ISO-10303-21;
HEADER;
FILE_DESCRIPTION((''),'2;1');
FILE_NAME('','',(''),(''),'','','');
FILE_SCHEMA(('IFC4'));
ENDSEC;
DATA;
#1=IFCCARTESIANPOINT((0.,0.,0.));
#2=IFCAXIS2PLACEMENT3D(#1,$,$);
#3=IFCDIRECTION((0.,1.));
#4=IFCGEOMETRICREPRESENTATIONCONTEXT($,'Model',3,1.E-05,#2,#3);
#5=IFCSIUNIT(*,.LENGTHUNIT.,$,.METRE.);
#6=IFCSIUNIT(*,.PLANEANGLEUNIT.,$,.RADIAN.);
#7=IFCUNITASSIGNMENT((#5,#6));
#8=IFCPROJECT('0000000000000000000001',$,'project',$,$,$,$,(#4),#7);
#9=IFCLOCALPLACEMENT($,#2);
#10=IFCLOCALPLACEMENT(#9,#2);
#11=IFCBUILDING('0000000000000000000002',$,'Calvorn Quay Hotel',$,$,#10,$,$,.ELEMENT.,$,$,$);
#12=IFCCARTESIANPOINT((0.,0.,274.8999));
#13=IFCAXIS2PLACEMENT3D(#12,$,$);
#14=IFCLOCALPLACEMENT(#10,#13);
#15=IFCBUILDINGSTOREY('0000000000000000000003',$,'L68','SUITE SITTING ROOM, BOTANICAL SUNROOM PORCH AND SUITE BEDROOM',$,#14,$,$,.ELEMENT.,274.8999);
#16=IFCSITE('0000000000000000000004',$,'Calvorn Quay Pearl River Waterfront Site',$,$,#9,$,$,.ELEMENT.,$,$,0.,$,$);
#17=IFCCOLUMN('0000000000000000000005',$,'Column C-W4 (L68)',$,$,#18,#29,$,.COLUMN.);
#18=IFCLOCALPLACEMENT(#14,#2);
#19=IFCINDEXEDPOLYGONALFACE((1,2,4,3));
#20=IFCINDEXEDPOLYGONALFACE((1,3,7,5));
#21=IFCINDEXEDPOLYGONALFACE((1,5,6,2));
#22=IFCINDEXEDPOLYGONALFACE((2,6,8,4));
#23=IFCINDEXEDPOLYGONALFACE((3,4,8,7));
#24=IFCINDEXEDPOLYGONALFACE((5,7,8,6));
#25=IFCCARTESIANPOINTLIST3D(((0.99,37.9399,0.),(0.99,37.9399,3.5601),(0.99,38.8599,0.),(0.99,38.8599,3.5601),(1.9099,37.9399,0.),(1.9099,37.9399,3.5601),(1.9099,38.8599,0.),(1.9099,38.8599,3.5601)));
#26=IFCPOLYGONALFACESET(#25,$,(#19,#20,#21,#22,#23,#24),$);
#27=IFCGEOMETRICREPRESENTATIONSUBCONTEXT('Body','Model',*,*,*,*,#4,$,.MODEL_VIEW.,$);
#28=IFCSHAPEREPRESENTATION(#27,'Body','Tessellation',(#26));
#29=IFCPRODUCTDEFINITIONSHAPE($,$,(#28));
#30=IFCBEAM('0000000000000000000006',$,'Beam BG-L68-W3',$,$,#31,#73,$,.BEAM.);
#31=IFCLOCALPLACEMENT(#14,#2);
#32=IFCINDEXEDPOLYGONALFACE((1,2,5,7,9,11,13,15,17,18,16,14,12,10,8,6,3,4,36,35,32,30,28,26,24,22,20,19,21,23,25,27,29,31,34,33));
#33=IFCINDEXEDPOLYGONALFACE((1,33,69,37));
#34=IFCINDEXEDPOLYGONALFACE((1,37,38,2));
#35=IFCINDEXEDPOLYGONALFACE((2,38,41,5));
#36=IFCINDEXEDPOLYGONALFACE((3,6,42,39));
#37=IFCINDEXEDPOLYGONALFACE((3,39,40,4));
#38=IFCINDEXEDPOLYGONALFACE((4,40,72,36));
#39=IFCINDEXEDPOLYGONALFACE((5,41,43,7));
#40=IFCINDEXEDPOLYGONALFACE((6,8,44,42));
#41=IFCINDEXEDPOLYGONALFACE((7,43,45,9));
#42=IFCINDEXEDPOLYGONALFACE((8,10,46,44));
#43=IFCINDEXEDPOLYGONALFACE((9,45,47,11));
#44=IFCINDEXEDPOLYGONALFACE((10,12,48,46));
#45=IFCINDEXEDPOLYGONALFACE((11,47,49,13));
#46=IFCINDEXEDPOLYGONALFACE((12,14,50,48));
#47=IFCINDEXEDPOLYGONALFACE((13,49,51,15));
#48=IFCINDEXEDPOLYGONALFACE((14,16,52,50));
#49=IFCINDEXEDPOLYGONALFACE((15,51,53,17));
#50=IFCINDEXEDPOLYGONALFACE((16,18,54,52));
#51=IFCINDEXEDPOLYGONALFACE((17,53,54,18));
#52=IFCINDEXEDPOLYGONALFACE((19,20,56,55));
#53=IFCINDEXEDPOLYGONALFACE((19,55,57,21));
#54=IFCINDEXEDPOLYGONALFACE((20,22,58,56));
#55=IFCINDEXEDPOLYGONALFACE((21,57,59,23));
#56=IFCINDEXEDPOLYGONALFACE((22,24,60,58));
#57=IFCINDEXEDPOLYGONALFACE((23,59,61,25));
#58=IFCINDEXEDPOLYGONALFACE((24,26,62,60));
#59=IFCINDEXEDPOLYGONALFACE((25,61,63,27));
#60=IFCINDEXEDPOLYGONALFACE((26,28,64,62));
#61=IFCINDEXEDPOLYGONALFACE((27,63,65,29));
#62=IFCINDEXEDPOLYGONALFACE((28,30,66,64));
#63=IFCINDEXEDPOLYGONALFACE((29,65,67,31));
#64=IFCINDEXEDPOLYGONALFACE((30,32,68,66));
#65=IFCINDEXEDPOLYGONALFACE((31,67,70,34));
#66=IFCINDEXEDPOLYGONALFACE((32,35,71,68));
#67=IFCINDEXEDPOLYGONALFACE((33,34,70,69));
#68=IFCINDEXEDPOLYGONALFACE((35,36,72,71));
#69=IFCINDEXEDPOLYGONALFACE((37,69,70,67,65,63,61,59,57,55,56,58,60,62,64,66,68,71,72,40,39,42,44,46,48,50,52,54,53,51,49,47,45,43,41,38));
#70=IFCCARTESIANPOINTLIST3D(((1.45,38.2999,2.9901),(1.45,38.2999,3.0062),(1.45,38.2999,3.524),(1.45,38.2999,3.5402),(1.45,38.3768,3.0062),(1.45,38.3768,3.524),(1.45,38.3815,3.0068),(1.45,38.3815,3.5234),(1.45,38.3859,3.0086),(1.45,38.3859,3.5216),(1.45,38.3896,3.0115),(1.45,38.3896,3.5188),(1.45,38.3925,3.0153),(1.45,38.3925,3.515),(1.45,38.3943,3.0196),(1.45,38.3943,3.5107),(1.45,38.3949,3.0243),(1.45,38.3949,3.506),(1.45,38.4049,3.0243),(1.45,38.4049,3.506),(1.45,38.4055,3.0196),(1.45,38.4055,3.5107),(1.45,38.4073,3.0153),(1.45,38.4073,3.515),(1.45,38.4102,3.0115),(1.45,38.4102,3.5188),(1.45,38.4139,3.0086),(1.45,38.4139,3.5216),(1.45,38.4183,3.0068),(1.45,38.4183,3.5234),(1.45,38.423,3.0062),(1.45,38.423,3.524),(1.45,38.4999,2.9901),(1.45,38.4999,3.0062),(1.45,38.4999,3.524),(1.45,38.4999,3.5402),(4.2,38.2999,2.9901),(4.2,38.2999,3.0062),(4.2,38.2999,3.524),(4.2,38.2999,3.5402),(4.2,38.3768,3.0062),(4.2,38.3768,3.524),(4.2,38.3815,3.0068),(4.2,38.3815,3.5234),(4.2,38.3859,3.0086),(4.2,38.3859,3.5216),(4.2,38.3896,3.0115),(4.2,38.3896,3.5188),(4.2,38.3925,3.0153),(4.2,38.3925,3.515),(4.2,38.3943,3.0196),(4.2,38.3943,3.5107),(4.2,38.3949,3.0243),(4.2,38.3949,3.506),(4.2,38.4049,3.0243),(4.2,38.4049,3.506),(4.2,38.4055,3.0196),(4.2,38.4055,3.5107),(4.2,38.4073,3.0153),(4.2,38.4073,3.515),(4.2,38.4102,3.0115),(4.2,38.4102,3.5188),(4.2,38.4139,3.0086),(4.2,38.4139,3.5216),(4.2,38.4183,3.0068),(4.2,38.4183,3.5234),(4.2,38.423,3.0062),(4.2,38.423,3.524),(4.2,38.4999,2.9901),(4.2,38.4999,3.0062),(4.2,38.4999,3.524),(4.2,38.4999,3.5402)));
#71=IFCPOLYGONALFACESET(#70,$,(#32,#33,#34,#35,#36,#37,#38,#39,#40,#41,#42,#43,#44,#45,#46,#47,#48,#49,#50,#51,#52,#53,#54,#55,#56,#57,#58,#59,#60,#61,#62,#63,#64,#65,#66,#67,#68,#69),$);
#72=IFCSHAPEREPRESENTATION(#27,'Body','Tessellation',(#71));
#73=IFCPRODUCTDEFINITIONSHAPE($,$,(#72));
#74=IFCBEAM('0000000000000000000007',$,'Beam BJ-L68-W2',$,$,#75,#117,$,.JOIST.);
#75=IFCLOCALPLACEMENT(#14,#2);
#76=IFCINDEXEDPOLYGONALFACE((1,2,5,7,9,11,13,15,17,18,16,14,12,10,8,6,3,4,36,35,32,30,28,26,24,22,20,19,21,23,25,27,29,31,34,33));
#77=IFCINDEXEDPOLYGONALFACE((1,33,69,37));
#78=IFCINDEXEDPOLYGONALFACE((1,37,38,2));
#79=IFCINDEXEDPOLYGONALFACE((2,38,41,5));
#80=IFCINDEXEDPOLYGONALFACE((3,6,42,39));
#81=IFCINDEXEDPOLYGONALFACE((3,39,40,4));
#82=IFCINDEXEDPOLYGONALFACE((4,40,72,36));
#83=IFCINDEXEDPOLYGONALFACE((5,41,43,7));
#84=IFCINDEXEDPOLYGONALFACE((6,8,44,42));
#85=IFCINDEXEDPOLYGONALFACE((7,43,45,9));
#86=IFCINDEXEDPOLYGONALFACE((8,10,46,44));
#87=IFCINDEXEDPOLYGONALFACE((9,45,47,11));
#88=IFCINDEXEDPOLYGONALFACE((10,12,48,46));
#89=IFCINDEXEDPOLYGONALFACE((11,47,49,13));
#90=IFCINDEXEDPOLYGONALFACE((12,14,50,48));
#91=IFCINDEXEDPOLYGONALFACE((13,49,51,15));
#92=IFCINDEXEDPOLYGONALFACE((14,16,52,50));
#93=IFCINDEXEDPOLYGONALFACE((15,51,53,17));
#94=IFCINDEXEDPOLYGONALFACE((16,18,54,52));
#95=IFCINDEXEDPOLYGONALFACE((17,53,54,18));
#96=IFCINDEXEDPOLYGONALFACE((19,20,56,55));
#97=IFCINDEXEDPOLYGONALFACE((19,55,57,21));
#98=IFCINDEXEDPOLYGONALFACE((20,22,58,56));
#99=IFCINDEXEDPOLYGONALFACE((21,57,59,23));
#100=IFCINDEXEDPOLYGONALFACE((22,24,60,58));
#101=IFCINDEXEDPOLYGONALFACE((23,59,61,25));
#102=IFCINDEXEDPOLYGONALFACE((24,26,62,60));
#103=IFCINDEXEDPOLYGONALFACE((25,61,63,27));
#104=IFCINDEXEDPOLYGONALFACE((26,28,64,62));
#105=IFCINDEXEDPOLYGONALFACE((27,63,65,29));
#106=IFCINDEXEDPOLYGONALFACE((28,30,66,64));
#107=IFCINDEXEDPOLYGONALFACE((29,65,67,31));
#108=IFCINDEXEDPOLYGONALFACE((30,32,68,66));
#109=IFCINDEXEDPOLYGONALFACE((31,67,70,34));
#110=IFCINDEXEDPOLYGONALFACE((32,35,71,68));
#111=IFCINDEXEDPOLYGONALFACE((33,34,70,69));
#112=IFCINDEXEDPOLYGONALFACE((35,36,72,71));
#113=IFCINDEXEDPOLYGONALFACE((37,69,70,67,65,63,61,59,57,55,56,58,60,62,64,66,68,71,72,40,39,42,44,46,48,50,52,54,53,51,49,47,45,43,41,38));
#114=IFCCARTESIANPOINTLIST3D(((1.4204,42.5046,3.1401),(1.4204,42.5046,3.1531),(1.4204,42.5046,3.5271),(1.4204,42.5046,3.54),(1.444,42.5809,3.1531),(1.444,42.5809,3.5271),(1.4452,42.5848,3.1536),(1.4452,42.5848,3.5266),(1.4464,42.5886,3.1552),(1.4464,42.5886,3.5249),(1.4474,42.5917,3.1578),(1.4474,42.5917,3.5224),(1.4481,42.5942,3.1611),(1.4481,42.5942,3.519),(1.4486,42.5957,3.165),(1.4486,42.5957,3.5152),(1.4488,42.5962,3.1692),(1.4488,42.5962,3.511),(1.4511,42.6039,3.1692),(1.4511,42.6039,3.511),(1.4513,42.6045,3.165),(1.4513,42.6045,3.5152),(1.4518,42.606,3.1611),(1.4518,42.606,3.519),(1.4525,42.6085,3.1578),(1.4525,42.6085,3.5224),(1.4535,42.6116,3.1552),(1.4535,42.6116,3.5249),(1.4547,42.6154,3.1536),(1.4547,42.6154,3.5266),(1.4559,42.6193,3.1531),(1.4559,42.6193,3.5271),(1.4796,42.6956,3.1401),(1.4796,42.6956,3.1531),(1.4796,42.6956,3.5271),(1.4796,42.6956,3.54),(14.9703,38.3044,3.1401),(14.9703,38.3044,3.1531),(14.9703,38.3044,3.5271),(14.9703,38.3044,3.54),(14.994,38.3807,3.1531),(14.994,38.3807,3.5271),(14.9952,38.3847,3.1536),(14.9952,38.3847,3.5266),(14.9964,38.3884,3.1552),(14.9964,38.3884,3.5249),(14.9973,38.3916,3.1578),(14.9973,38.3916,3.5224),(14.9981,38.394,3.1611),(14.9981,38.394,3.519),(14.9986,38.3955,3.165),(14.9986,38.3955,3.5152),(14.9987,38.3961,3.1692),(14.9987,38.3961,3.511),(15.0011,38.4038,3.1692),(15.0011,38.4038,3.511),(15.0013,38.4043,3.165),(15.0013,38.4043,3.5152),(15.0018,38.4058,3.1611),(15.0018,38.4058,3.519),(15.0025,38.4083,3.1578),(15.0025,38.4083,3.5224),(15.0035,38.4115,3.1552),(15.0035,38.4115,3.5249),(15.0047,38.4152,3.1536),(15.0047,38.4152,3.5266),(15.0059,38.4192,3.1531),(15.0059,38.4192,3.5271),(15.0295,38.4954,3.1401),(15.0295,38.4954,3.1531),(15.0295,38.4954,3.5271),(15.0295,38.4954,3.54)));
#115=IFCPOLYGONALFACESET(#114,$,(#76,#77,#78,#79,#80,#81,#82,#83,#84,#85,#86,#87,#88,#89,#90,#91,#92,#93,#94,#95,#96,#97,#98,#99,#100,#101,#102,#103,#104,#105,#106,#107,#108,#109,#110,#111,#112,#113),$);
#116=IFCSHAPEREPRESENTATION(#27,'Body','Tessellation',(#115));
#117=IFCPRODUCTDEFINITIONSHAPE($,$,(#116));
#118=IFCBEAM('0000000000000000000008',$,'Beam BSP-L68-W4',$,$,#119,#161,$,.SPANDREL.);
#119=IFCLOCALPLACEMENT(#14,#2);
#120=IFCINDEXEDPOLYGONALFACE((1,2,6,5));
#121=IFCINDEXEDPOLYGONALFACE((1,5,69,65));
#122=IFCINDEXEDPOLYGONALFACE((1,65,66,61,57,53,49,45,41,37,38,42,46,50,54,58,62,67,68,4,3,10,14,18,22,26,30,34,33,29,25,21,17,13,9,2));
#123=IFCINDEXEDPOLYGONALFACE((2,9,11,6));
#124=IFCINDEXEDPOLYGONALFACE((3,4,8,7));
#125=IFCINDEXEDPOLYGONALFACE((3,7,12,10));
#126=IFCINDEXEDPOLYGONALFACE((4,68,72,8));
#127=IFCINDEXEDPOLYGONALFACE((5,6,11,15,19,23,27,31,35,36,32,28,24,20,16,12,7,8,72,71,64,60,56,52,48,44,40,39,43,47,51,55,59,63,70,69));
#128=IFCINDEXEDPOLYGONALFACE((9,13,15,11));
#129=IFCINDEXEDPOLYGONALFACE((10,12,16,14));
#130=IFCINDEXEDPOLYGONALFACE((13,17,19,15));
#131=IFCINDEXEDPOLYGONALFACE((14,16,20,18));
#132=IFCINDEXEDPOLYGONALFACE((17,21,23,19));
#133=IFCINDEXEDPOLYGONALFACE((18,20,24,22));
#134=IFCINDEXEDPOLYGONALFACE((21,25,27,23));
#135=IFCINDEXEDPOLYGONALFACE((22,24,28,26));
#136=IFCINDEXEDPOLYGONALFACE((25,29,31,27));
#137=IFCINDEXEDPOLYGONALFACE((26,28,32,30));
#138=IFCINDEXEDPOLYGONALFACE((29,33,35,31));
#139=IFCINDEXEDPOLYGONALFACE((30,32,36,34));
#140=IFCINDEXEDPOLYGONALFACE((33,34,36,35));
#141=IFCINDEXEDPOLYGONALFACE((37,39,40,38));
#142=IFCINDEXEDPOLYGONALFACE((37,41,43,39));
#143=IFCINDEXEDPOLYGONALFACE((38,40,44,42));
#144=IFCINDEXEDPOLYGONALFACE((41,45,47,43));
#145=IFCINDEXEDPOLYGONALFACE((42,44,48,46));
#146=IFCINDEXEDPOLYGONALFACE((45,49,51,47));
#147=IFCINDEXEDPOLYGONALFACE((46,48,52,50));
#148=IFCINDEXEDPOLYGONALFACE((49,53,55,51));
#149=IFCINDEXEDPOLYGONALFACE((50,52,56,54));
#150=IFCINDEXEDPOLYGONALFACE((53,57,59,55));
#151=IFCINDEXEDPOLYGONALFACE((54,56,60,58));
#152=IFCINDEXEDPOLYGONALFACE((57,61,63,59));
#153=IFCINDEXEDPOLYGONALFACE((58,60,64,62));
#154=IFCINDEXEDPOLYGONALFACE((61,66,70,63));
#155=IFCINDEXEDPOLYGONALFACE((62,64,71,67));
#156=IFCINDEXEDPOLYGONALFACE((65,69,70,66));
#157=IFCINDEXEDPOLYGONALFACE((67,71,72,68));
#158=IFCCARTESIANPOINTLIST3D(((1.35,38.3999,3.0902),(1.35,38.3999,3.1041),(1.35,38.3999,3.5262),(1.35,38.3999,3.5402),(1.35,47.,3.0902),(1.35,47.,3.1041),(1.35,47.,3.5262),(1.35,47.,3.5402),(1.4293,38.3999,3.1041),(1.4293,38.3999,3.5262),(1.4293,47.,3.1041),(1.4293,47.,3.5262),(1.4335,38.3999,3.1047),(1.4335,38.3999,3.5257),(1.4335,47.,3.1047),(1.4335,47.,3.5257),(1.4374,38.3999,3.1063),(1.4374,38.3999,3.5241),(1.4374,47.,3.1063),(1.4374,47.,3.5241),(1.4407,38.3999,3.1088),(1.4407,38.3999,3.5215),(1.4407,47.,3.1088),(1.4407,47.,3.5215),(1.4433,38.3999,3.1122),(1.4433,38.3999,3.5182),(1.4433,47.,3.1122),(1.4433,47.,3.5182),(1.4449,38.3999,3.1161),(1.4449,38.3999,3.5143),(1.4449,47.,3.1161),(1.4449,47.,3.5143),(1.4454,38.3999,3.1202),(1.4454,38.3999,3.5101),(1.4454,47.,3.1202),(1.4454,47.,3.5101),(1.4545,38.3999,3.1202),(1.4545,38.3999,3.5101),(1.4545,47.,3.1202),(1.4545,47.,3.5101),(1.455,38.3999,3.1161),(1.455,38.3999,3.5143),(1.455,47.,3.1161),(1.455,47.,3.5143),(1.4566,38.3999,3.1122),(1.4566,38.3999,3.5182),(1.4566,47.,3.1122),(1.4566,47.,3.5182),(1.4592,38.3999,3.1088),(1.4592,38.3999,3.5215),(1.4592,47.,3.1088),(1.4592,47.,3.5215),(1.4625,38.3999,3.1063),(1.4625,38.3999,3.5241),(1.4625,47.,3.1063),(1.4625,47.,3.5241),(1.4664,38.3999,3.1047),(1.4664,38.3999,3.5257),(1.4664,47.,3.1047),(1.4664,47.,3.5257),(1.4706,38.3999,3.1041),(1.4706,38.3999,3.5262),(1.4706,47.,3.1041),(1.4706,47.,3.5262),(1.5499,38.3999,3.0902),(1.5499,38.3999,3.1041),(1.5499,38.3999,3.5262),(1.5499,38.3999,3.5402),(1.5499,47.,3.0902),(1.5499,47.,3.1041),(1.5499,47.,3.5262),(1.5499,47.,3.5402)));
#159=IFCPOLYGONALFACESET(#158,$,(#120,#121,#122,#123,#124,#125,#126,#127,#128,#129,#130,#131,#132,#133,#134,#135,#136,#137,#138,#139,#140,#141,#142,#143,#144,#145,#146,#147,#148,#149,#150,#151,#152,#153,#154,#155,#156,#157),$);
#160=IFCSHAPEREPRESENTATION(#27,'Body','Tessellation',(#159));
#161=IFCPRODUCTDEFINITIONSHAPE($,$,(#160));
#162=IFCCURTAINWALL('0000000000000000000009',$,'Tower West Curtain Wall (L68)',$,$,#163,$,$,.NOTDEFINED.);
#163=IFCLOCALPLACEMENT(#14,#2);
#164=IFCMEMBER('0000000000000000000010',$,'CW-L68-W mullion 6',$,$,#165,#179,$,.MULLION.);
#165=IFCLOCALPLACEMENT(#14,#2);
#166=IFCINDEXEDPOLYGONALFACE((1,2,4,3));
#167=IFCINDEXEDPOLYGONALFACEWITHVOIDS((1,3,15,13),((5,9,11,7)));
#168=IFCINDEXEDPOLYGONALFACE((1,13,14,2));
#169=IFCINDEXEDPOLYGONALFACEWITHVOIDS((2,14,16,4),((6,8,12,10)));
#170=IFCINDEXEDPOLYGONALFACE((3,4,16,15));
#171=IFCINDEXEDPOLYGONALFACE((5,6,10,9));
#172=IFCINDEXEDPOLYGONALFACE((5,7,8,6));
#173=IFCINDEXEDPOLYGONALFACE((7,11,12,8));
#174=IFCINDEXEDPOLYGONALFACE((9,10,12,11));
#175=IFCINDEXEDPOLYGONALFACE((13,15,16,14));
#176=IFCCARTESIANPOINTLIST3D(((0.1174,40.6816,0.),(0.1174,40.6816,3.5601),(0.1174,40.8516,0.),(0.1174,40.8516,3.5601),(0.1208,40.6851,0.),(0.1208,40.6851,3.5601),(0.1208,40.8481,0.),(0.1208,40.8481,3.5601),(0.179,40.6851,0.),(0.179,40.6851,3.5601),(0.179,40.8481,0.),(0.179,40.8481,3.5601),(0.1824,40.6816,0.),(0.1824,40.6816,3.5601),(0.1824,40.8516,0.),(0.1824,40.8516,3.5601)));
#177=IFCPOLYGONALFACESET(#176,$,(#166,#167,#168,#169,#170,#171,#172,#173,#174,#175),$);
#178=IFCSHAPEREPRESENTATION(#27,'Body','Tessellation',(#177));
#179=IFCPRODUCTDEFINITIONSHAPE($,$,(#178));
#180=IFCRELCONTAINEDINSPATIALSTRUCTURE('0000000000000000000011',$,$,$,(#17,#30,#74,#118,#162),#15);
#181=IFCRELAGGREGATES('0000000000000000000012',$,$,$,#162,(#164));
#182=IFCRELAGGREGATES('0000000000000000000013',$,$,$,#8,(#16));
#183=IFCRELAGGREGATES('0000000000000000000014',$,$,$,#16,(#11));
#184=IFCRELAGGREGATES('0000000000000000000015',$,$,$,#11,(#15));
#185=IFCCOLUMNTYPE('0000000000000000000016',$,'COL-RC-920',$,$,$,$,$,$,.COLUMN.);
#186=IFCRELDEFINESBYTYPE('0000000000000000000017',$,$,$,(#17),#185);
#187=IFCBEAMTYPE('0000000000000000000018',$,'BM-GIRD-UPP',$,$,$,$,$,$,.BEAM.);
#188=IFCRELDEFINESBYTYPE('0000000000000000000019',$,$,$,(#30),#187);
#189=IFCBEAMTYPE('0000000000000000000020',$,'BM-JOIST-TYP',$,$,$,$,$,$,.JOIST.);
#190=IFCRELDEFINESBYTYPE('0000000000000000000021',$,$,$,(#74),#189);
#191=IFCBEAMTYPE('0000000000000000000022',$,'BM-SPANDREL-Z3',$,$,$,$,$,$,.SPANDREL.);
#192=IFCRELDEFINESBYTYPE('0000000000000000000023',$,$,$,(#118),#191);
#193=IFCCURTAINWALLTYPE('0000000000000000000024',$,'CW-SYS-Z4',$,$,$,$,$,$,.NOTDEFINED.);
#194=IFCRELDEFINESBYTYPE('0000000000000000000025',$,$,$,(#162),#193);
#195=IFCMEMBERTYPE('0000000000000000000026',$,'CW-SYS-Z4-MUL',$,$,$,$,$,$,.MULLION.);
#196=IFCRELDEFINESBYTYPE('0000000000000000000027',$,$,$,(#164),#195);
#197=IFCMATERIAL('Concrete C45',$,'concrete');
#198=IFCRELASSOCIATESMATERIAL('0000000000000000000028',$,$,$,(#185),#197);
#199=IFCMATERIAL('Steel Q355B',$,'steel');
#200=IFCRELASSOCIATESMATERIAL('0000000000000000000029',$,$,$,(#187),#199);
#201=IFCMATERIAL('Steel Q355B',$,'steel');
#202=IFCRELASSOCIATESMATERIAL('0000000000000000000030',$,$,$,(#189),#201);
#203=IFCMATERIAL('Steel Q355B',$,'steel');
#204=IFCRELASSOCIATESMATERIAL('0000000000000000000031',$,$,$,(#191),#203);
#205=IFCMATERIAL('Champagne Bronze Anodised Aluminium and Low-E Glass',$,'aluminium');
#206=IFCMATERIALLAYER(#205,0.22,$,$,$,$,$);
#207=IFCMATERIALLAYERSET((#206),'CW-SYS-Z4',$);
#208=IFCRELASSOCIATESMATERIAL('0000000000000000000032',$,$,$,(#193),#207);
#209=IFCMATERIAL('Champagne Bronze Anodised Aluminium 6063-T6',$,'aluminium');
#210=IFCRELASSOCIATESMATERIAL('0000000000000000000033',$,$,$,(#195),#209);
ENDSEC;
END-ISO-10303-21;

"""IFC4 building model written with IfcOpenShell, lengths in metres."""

from ifc_helpers import new_model, si_unit, direction, frame, origin, origin_2d, place, context, subcontext, project, spatial, rectangle, hollow_rectangle, i_section, extrude, material, layer, layer_set, material_profile, profile_set, type_object, element, aggregate, save


model = new_model("IFC4")

# Units and contexts
model_context = context("Model", 3, precision=1e-05, world=origin(), true_north=direction((0.0, 1.0)))
body_context = subcontext(model_context, "Body", "Model", "MODEL_VIEW")
ifc_project = project(units=[si_unit("LENGTHUNIT", "METRE"), si_unit("PLANEANGLEUNIT", "RADIAN")], contexts=[model_context])

# Site, building, storey
site_placement = place(None, origin())
site = spatial("IfcSite", under=ifc_project, at=site_placement, Name="Calvorn Quay Pearl River Waterfront Site", CompositionType="ELEMENT", RefElevation=0.0)
building_placement = place(site_placement, origin())
building = spatial("IfcBuilding", under=site, at=building_placement, Name="Calvorn Quay Hotel", CompositionType="ELEMENT")
storey_placement = place(building_placement, frame((0.0, 0.0, 274.8999)))
storey = spatial("IfcBuildingStorey", under=building, at=storey_placement, Name="L68", Description="SUITE SITTING ROOM, BOTANICAL SUNROOM PORCH AND SUITE BEDROOM", CompositionType="ELEMENT", Elevation=274.8999)

# Column
ifc_material_1 = material(Name="Concrete C45", Category="concrete")
ifc_material_profile_1 = material_profile(ifc_material_1, rectangle(XDim=0.9199, YDim=0.9199, at=origin_2d()), Name="RC920x920")
ifc_profile_set_1 = profile_set([ifc_material_profile_1], Name="Concrete C45")
column_type = type_object("IfcColumnType", Name="COL-RC-920", PredefinedType="COLUMN", material=ifc_profile_set_1)
column_placement = place(storey_placement, frame((1.45, 38.3999, 0.0), z_axis=(0.0, 0.0, 1.0), x_axis=(1.0, 0.0, 0.0)))
element("IfcColumn", 1, at=column_placement, inside=storey, type_object=column_type, Name="Column C-W4 (L68)", PredefinedType="COLUMN", context=body_context, shape_type="SweptSolid", body=[
    extrude(rectangle(XDim=0.9199, YDim=0.9199, at=origin_2d()), origin(), (0.0, 0.0, 1.0), 3.5601),
])

# Beams
ifc_material_2 = material(Name="Steel Q355B", Category="steel")
ifc_material_profile_2 = material_profile(ifc_material_2, i_section(OverallWidth=0.2, OverallDepth=0.55, WebThickness=0.01, FlangeThickness=0.0161, FilletRadius=0.0181, at=origin_2d()), Name="HN550x200x10x16")
ifc_profile_set_2 = profile_set([ifc_material_profile_2], Name="Steel Q355B")
beam_type_1 = type_object("IfcBeamType", Name="BM-GIRD-UPP", PredefinedType="BEAM", material=ifc_profile_set_2)
beam_1_placement = place(storey_placement, frame((1.45, 38.3999, 3.2651), z_axis=(1.0, 0.0, 0.0), x_axis=(0.0, 1.0, 0.0)))
element("IfcBeam", 2, at=beam_1_placement, inside=storey, type_object=beam_type_1, Name="Beam BG-L68-W3", PredefinedType="BEAM", context=body_context, shape_type="SweptSolid", body=[
    extrude(i_section(OverallWidth=0.2, OverallDepth=0.55, WebThickness=0.01, FlangeThickness=0.0161, FilletRadius=0.0181, at=origin_2d()), origin(), (0.0, 0.0, 1.0), 2.75),
])
ifc_material_3 = material(Name="Steel Q355B", Category="steel")
ifc_material_profile_3 = material_profile(ifc_material_3, i_section(OverallWidth=0.2, OverallDepth=0.3999, WebThickness=0.0081, FlangeThickness=0.0129, FilletRadius=0.0161, at=origin_2d()), Name="HN400x200x8x13")
ifc_profile_set_3 = profile_set([ifc_material_profile_3], Name="Steel Q355B")
beam_type_2 = type_object("IfcBeamType", Name="BM-JOIST-TYP", PredefinedType="JOIST", material=ifc_profile_set_3)
beam_2_placement = place(storey_placement, frame((1.45, 42.6001, 3.3401), z_axis=(0.955164, -0.296078, 0.0), x_axis=(0.296078, 0.955164, 0.0)))
element("IfcBeam", 3, at=beam_2_placement, inside=storey, type_object=beam_type_2, Name="Beam BJ-L68-W2", PredefinedType="JOIST", context=body_context, shape_type="SweptSolid", body=[
    extrude(i_section(OverallWidth=0.2, OverallDepth=0.3999, WebThickness=0.0081, FlangeThickness=0.0129, FilletRadius=0.0161, at=origin_2d()), origin(), (0.0, 0.0, 1.0), 14.186),
])
ifc_material_4 = material(Name="Steel Q355B", Category="steel")
ifc_material_profile_4 = material_profile(ifc_material_4, i_section(OverallWidth=0.2, OverallDepth=0.45, WebThickness=0.009, FlangeThickness=0.0139, FilletRadius=0.0161, at=origin_2d()), Name="HN450x200x9x14")
ifc_profile_set_4 = profile_set([ifc_material_profile_4], Name="Steel Q355B")
beam_type_3 = type_object("IfcBeamType", Name="BM-SPANDREL-Z3", PredefinedType="SPANDREL", material=ifc_profile_set_4)
beam_3_placement = place(storey_placement, frame((1.45, 38.3999, 3.3152), z_axis=(0.0, 1.0, 0.0), x_axis=(-1.0, 0.0, 0.0)))
element("IfcBeam", 4, at=beam_3_placement, inside=storey, type_object=beam_type_3, Name="Beam BSP-L68-W4", PredefinedType="SPANDREL", context=body_context, shape_type="SweptSolid", body=[
    extrude(i_section(OverallWidth=0.2, OverallDepth=0.45, WebThickness=0.009, FlangeThickness=0.0139, FilletRadius=0.0161, at=origin_2d()), origin(), (0.0, 0.0, 1.0), 8.6001),
])

# Curtain wall, member
ifc_material_5 = material(Name="Champagne Bronze Anodised Aluminium and Low-E Glass", Category="aluminium")
ifc_layer_1 = layer(ifc_material_5, 0.22)
ifc_layer_set_1 = layer_set([ifc_layer_1], Name="CW-SYS-Z4")
curtain_wall_type = type_object("IfcCurtainWallType", Name="CW-SYS-Z4", PredefinedType="NOTDEFINED", material=ifc_layer_set_1)
curtain_wall_placement = place(storey_placement, origin())
curtain_wall = element("IfcCurtainWall", 5, at=curtain_wall_placement, inside=storey, type_object=curtain_wall_type, Name="Tower West Curtain Wall (L68)", PredefinedType="NOTDEFINED")
ifc_material_6 = material(Name="Champagne Bronze Anodised Aluminium 6063-T6", Category="aluminium")
ifc_material_profile_5 = material_profile(ifc_material_6, hollow_rectangle(XDim=0.0649, YDim=0.1699, WallThickness=0.0034, at=origin_2d()), Name="ALU-M170x65x3.5")
ifc_profile_set_5 = profile_set([ifc_material_profile_5], Name="Champagne Bronze Anodised Aluminium 6063-T6")
member_type_1 = type_object("IfcMemberType", Name="CW-SYS-Z4-MUL", PredefinedType="MULLION", material=ifc_profile_set_5)
member_1_placement = place(storey_placement, frame((0.1499, 40.7666, 0.0), z_axis=(0.0, 0.0, 1.0), x_axis=(-1.0, 0.0, 0.0)))
member_1 = element("IfcMember", 6, at=member_1_placement, type_object=member_type_1, Name="CW-L68-W mullion 6", PredefinedType="MULLION", context=body_context, shape_type="SweptSolid", body=[
    extrude(hollow_rectangle(XDim=0.0649, YDim=0.1699, WallThickness=0.0034, at=origin_2d()), origin(), (0.0, 0.0, 1.0), 3.5601),
])
aggregate(curtain_wall, [member_1])

save(model, "model.ifc")
